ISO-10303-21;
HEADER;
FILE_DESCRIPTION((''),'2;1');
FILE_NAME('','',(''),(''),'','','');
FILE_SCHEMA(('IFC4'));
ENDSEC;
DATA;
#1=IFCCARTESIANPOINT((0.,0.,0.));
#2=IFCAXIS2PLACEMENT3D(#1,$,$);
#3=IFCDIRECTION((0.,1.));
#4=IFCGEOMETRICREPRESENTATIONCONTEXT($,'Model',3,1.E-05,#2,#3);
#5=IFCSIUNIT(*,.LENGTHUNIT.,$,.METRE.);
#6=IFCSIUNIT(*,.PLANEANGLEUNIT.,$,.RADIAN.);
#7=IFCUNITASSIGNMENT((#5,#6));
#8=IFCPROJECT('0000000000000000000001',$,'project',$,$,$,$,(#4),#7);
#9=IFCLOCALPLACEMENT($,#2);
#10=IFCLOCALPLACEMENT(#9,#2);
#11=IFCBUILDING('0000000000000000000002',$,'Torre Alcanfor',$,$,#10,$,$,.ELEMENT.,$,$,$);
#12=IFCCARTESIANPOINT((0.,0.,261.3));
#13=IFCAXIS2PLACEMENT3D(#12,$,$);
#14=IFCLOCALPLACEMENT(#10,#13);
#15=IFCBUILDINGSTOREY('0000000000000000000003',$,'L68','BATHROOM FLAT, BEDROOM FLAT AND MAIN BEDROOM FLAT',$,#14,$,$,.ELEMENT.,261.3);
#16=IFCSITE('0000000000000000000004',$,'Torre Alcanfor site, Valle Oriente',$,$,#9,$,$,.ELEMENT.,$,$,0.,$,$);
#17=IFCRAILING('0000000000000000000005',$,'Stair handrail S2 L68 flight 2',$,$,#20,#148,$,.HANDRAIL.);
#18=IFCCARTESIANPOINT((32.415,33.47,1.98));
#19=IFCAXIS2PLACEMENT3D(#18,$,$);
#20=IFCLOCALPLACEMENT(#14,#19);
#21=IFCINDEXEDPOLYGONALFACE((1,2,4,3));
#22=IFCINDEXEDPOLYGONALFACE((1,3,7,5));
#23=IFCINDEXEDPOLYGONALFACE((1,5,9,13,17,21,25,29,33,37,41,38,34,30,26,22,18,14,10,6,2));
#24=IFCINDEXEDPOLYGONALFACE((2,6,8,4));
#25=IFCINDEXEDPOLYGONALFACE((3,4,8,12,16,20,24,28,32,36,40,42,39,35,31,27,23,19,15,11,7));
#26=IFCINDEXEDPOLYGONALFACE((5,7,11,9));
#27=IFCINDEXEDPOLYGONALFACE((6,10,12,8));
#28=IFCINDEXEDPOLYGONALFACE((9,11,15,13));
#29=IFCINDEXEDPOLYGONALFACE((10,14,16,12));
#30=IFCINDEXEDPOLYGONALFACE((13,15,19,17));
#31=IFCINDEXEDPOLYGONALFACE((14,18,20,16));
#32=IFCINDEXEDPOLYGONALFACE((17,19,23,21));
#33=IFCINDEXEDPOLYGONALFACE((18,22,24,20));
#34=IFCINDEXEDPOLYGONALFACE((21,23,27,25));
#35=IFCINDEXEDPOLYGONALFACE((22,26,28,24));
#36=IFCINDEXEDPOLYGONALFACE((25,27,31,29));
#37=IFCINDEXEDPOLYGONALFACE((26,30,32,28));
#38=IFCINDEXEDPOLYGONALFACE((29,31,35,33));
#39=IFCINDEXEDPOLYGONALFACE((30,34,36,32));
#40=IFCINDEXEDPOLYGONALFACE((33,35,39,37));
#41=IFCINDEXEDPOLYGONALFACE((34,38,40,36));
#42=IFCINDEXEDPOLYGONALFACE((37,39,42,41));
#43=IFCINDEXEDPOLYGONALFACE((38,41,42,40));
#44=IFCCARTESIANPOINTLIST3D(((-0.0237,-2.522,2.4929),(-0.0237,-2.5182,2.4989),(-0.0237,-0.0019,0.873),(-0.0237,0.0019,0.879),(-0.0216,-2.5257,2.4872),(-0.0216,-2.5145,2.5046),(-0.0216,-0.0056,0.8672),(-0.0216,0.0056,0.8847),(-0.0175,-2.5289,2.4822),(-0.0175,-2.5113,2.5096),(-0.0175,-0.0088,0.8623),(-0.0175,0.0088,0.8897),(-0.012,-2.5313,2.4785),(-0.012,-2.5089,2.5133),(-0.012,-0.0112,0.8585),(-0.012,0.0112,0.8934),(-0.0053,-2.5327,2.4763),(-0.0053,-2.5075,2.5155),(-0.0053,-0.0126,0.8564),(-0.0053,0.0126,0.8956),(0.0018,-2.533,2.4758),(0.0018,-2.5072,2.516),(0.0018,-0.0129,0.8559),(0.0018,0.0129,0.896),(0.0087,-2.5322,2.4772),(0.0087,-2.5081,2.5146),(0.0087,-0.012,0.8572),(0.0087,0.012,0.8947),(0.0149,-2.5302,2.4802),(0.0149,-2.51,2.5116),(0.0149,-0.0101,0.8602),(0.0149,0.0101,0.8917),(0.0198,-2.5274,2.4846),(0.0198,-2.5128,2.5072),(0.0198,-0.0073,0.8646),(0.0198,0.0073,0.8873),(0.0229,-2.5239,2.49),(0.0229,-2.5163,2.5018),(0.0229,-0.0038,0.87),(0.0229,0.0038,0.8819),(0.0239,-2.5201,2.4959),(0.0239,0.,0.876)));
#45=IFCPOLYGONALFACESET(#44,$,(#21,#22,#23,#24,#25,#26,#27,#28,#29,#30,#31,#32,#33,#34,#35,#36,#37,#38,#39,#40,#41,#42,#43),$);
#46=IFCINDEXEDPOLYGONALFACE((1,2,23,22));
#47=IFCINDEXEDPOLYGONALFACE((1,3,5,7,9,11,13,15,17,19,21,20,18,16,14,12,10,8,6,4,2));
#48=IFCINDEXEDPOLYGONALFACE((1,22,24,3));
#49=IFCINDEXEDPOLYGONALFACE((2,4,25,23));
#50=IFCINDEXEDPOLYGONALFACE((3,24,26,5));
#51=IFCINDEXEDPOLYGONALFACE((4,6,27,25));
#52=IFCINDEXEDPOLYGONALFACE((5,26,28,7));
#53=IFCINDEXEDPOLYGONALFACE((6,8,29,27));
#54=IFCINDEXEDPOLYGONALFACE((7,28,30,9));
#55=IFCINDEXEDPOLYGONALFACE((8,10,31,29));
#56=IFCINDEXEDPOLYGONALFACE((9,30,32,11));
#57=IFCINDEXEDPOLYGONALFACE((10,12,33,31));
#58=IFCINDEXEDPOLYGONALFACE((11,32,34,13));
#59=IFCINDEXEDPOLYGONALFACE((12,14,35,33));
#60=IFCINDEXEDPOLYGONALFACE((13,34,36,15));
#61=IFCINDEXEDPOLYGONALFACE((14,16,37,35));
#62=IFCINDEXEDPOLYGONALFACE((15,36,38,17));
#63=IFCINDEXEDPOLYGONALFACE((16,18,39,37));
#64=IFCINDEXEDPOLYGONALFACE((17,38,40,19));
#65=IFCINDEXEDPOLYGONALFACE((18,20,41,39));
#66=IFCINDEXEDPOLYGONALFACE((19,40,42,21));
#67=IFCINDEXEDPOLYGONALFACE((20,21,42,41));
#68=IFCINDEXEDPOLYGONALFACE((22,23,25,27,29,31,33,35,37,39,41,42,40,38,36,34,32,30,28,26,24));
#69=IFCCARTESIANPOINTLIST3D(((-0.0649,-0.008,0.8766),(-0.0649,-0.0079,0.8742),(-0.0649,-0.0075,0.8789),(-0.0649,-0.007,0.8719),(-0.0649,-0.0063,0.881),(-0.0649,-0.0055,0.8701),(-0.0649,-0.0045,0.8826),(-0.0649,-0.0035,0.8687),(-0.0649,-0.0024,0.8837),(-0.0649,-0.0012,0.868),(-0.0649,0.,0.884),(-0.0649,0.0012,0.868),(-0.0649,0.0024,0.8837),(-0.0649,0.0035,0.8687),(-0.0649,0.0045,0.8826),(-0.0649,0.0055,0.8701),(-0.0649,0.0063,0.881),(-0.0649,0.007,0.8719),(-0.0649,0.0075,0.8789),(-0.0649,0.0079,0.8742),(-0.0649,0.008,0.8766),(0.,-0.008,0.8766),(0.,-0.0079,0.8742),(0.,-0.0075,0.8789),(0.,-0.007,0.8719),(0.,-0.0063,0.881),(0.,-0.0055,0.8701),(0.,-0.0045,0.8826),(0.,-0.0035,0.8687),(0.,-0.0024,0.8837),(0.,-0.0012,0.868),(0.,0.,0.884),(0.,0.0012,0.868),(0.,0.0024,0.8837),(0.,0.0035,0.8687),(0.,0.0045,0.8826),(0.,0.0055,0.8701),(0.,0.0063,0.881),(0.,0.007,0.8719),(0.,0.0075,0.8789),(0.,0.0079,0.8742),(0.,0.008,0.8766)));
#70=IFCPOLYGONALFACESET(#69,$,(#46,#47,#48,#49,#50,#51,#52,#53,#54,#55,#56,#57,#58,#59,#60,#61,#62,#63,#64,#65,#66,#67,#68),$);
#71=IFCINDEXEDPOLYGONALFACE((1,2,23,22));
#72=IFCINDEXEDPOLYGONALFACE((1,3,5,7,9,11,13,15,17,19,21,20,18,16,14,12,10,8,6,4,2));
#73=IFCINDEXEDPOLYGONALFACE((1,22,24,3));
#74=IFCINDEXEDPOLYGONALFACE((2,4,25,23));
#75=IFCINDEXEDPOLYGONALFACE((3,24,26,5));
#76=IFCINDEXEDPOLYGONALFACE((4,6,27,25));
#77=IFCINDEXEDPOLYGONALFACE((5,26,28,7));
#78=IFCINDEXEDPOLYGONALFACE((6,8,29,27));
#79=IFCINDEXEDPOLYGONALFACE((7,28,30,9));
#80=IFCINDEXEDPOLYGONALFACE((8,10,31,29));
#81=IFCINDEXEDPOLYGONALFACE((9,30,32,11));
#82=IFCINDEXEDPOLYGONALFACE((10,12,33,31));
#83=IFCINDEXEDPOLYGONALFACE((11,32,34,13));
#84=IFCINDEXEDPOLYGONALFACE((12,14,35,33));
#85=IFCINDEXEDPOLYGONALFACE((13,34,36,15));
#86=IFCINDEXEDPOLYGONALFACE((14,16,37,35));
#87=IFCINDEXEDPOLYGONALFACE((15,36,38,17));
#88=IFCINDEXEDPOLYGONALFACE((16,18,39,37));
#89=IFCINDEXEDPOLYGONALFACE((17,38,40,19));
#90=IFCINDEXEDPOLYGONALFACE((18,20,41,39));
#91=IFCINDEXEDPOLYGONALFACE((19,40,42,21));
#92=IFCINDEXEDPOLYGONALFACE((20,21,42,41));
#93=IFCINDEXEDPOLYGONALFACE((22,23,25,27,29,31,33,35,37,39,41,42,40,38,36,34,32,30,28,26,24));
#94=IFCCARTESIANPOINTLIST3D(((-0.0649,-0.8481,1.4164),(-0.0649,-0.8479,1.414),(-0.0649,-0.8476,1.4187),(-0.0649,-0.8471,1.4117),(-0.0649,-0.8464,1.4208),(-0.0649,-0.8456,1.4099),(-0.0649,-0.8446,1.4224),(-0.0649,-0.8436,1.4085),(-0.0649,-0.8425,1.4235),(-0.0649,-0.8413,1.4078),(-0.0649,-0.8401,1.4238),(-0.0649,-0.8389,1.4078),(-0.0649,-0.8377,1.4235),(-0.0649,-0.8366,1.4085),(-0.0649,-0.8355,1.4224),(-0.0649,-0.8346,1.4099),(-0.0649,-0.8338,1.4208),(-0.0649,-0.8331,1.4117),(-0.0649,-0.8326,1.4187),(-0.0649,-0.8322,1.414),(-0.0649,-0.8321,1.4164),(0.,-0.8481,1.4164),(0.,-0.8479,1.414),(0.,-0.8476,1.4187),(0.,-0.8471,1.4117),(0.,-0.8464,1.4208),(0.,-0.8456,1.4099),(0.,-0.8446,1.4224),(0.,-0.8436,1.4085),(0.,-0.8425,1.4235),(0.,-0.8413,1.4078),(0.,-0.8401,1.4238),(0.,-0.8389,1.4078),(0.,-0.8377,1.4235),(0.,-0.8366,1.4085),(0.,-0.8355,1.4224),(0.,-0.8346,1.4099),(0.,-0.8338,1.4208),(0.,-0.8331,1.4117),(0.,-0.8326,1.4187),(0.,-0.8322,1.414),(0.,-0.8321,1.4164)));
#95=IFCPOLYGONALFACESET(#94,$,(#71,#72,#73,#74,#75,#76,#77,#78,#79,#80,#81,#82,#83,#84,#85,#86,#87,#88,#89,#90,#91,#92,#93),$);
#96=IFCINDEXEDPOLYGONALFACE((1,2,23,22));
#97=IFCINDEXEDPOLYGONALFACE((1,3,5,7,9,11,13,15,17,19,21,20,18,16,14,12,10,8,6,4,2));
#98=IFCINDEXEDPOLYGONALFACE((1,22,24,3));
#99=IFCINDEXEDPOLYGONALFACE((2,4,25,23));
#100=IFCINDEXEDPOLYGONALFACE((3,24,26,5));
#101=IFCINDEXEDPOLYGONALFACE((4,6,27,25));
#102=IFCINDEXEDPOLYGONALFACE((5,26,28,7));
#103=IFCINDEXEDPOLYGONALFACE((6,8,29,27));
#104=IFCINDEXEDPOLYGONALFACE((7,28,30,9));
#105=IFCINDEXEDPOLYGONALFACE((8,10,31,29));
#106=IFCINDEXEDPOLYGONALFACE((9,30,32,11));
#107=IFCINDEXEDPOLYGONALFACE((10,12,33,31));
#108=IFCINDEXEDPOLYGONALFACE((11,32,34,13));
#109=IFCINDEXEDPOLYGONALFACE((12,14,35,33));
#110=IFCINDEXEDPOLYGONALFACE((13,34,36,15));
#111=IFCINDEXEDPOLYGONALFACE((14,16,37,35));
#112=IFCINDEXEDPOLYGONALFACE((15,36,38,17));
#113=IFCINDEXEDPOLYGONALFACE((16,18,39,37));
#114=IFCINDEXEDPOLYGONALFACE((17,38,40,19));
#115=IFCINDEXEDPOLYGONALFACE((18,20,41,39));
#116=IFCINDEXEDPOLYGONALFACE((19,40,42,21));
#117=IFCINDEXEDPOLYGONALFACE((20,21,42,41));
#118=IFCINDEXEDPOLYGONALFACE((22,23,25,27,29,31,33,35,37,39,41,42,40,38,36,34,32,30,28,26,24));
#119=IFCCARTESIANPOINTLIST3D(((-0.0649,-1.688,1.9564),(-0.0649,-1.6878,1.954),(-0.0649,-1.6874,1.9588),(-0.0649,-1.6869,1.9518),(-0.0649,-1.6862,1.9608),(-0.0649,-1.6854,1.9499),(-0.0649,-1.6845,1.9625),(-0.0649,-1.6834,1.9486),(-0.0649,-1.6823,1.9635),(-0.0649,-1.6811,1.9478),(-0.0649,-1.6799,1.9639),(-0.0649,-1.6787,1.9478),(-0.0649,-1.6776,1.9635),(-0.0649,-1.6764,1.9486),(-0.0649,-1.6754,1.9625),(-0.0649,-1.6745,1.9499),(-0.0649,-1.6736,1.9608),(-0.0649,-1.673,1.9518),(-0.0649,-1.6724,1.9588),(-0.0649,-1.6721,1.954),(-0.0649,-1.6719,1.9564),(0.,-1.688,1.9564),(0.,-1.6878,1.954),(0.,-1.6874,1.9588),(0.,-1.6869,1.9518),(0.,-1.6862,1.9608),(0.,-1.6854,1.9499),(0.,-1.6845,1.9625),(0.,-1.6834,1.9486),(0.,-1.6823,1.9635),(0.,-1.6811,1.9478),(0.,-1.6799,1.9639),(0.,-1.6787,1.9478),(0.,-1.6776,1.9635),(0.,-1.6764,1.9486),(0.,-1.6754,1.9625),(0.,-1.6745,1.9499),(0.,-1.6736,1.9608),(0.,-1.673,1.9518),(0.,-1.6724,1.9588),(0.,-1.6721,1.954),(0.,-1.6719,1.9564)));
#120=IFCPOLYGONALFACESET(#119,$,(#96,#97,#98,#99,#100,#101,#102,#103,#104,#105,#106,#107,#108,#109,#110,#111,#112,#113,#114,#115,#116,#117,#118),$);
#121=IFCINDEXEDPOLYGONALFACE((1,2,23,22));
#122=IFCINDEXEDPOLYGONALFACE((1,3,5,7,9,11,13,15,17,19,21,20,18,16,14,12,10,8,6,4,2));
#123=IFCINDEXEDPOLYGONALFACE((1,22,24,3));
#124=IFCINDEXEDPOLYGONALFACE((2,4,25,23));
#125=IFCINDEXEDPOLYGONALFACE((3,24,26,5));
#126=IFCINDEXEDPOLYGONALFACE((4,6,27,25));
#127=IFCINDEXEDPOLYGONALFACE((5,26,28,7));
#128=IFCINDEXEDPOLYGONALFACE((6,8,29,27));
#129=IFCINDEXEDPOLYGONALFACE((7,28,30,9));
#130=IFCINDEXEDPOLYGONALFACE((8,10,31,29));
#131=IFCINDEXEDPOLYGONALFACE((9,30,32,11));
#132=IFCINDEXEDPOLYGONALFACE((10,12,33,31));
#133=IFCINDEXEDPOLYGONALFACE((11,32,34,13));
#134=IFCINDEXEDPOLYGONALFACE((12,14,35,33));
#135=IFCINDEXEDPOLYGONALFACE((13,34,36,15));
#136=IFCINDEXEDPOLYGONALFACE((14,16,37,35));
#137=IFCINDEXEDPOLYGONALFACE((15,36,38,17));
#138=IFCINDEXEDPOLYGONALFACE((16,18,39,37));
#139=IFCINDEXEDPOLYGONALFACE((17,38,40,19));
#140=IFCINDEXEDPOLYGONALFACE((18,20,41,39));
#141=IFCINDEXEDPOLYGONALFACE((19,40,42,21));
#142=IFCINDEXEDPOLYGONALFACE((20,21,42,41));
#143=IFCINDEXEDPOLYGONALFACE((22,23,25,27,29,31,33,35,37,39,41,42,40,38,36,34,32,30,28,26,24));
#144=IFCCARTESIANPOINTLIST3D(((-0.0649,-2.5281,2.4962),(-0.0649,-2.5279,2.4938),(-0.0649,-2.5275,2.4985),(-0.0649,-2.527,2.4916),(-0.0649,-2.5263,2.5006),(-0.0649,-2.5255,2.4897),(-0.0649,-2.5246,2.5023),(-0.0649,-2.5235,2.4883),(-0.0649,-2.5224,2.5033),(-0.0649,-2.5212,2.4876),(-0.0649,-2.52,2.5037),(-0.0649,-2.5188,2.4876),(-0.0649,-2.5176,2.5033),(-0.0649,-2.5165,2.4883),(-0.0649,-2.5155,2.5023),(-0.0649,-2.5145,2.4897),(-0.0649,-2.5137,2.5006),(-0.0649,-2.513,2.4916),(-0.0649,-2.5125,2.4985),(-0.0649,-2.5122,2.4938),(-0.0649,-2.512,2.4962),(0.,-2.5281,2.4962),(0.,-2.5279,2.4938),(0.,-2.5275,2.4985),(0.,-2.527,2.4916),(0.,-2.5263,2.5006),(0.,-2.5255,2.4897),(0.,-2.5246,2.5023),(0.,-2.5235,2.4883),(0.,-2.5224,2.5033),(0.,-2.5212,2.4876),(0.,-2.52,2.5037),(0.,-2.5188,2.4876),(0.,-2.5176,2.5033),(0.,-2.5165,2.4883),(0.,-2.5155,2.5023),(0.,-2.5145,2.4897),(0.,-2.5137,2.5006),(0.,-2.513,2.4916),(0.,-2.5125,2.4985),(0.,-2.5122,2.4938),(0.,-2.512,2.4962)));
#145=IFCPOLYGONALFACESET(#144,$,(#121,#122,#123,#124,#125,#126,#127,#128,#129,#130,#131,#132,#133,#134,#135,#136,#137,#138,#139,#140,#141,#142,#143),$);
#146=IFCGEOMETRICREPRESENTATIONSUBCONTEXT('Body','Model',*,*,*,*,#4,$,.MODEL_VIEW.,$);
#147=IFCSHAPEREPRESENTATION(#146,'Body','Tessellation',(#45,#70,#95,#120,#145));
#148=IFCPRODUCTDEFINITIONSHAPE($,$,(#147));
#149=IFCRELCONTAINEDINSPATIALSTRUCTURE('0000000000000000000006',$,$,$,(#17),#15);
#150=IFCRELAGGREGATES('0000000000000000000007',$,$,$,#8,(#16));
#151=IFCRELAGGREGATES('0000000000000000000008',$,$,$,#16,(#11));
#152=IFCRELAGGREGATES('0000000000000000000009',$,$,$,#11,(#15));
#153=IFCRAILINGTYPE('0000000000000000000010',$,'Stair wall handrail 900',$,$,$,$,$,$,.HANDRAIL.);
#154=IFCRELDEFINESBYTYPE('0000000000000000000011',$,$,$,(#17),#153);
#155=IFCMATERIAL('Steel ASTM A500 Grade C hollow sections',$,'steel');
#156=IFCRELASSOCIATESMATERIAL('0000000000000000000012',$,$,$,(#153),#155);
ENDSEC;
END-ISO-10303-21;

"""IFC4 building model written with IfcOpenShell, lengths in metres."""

from ifc_helpers import new_model, si_unit, direction, frame, origin, origin_2d, place, context, subcontext, project, spatial, circle, extrude, material, type_object, element, save


model = new_model("IFC4")

# Units and contexts
model_context = context("Model", 3, precision=1e-05, world=origin(), true_north=direction((0.0, 1.0)))
body_context = subcontext(model_context, "Body", "Model", "MODEL_VIEW")
ifc_project = project(units=[si_unit("LENGTHUNIT", "METRE"), si_unit("PLANEANGLEUNIT", "RADIAN")], contexts=[model_context])

# Site, building, storey
site_placement = place(None, origin())
site = spatial("IfcSite", under=ifc_project, at=site_placement, Name="Torre Alcanfor site, Valle Oriente", CompositionType="ELEMENT", RefElevation=0.0)
building_placement = place(site_placement, origin())
building = spatial("IfcBuilding", under=site, at=building_placement, Name="Torre Alcanfor", CompositionType="ELEMENT")
storey_placement = place(building_placement, frame((0.0, 0.0, 261.3)))
storey = spatial("IfcBuildingStorey", under=building, at=storey_placement, Name="L68", Description="BATHROOM FLAT, BEDROOM FLAT AND MAIN BEDROOM FLAT", CompositionType="ELEMENT", Elevation=261.3)

# Railing
ifc_material_1 = material(Name="Steel ASTM A500 Grade C hollow sections", Category="steel")
railing_type_1 = type_object("IfcRailingType", Name="Stair wall handrail 900", PredefinedType="HANDRAIL", material=ifc_material_1)
railing_1_placement = place(storey_placement, frame((32.415, 33.47, 1.98)))
element("IfcRailing", 1, at=railing_1_placement, inside=storey, type_object=railing_type_1, Name="Stair handrail S2 L68 flight 2", PredefinedType="HANDRAIL", context=body_context, shape_type="SweptSolid", body=[
    extrude(circle(Radius=0.0239, at=origin_2d()), frame((0.0, 0.0, 0.876), z_axis=(0.0, -0.8412, 0.540725), x_axis=(1.0, 0.0, 0.0)), (0.0, 0.0, 1.0), 2.9958),
    extrude(circle(Radius=0.0081, at=origin_2d()), frame((0.0, 0.0, 0.876), z_axis=(-1.0, 0.0, 0.0), x_axis=(0.0, 0.0, 1.0)), (0.0, 0.0, 1.0), 0.0649),
    extrude(circle(Radius=0.0081, at=origin_2d()), frame((0.0, -0.8401, 1.4158), z_axis=(-1.0, 0.0, 0.0), x_axis=(0.0, 0.0, 1.0)), (0.0, 0.0, 1.0), 0.0649),
    extrude(circle(Radius=0.0081, at=origin_2d()), frame((0.0, -1.6799, 1.9558), z_axis=(-1.0, 0.0, 0.0), x_axis=(0.0, 0.0, 1.0)), (0.0, 0.0, 1.0), 0.0649),
    extrude(circle(Radius=0.0081, at=origin_2d()), frame((0.0, -2.52, 2.4956), z_axis=(-1.0, 0.0, 0.0), x_axis=(0.0, 0.0, 1.0)), (0.0, 0.0, 1.0), 0.0649),
])

save(model, "model.ifc")
